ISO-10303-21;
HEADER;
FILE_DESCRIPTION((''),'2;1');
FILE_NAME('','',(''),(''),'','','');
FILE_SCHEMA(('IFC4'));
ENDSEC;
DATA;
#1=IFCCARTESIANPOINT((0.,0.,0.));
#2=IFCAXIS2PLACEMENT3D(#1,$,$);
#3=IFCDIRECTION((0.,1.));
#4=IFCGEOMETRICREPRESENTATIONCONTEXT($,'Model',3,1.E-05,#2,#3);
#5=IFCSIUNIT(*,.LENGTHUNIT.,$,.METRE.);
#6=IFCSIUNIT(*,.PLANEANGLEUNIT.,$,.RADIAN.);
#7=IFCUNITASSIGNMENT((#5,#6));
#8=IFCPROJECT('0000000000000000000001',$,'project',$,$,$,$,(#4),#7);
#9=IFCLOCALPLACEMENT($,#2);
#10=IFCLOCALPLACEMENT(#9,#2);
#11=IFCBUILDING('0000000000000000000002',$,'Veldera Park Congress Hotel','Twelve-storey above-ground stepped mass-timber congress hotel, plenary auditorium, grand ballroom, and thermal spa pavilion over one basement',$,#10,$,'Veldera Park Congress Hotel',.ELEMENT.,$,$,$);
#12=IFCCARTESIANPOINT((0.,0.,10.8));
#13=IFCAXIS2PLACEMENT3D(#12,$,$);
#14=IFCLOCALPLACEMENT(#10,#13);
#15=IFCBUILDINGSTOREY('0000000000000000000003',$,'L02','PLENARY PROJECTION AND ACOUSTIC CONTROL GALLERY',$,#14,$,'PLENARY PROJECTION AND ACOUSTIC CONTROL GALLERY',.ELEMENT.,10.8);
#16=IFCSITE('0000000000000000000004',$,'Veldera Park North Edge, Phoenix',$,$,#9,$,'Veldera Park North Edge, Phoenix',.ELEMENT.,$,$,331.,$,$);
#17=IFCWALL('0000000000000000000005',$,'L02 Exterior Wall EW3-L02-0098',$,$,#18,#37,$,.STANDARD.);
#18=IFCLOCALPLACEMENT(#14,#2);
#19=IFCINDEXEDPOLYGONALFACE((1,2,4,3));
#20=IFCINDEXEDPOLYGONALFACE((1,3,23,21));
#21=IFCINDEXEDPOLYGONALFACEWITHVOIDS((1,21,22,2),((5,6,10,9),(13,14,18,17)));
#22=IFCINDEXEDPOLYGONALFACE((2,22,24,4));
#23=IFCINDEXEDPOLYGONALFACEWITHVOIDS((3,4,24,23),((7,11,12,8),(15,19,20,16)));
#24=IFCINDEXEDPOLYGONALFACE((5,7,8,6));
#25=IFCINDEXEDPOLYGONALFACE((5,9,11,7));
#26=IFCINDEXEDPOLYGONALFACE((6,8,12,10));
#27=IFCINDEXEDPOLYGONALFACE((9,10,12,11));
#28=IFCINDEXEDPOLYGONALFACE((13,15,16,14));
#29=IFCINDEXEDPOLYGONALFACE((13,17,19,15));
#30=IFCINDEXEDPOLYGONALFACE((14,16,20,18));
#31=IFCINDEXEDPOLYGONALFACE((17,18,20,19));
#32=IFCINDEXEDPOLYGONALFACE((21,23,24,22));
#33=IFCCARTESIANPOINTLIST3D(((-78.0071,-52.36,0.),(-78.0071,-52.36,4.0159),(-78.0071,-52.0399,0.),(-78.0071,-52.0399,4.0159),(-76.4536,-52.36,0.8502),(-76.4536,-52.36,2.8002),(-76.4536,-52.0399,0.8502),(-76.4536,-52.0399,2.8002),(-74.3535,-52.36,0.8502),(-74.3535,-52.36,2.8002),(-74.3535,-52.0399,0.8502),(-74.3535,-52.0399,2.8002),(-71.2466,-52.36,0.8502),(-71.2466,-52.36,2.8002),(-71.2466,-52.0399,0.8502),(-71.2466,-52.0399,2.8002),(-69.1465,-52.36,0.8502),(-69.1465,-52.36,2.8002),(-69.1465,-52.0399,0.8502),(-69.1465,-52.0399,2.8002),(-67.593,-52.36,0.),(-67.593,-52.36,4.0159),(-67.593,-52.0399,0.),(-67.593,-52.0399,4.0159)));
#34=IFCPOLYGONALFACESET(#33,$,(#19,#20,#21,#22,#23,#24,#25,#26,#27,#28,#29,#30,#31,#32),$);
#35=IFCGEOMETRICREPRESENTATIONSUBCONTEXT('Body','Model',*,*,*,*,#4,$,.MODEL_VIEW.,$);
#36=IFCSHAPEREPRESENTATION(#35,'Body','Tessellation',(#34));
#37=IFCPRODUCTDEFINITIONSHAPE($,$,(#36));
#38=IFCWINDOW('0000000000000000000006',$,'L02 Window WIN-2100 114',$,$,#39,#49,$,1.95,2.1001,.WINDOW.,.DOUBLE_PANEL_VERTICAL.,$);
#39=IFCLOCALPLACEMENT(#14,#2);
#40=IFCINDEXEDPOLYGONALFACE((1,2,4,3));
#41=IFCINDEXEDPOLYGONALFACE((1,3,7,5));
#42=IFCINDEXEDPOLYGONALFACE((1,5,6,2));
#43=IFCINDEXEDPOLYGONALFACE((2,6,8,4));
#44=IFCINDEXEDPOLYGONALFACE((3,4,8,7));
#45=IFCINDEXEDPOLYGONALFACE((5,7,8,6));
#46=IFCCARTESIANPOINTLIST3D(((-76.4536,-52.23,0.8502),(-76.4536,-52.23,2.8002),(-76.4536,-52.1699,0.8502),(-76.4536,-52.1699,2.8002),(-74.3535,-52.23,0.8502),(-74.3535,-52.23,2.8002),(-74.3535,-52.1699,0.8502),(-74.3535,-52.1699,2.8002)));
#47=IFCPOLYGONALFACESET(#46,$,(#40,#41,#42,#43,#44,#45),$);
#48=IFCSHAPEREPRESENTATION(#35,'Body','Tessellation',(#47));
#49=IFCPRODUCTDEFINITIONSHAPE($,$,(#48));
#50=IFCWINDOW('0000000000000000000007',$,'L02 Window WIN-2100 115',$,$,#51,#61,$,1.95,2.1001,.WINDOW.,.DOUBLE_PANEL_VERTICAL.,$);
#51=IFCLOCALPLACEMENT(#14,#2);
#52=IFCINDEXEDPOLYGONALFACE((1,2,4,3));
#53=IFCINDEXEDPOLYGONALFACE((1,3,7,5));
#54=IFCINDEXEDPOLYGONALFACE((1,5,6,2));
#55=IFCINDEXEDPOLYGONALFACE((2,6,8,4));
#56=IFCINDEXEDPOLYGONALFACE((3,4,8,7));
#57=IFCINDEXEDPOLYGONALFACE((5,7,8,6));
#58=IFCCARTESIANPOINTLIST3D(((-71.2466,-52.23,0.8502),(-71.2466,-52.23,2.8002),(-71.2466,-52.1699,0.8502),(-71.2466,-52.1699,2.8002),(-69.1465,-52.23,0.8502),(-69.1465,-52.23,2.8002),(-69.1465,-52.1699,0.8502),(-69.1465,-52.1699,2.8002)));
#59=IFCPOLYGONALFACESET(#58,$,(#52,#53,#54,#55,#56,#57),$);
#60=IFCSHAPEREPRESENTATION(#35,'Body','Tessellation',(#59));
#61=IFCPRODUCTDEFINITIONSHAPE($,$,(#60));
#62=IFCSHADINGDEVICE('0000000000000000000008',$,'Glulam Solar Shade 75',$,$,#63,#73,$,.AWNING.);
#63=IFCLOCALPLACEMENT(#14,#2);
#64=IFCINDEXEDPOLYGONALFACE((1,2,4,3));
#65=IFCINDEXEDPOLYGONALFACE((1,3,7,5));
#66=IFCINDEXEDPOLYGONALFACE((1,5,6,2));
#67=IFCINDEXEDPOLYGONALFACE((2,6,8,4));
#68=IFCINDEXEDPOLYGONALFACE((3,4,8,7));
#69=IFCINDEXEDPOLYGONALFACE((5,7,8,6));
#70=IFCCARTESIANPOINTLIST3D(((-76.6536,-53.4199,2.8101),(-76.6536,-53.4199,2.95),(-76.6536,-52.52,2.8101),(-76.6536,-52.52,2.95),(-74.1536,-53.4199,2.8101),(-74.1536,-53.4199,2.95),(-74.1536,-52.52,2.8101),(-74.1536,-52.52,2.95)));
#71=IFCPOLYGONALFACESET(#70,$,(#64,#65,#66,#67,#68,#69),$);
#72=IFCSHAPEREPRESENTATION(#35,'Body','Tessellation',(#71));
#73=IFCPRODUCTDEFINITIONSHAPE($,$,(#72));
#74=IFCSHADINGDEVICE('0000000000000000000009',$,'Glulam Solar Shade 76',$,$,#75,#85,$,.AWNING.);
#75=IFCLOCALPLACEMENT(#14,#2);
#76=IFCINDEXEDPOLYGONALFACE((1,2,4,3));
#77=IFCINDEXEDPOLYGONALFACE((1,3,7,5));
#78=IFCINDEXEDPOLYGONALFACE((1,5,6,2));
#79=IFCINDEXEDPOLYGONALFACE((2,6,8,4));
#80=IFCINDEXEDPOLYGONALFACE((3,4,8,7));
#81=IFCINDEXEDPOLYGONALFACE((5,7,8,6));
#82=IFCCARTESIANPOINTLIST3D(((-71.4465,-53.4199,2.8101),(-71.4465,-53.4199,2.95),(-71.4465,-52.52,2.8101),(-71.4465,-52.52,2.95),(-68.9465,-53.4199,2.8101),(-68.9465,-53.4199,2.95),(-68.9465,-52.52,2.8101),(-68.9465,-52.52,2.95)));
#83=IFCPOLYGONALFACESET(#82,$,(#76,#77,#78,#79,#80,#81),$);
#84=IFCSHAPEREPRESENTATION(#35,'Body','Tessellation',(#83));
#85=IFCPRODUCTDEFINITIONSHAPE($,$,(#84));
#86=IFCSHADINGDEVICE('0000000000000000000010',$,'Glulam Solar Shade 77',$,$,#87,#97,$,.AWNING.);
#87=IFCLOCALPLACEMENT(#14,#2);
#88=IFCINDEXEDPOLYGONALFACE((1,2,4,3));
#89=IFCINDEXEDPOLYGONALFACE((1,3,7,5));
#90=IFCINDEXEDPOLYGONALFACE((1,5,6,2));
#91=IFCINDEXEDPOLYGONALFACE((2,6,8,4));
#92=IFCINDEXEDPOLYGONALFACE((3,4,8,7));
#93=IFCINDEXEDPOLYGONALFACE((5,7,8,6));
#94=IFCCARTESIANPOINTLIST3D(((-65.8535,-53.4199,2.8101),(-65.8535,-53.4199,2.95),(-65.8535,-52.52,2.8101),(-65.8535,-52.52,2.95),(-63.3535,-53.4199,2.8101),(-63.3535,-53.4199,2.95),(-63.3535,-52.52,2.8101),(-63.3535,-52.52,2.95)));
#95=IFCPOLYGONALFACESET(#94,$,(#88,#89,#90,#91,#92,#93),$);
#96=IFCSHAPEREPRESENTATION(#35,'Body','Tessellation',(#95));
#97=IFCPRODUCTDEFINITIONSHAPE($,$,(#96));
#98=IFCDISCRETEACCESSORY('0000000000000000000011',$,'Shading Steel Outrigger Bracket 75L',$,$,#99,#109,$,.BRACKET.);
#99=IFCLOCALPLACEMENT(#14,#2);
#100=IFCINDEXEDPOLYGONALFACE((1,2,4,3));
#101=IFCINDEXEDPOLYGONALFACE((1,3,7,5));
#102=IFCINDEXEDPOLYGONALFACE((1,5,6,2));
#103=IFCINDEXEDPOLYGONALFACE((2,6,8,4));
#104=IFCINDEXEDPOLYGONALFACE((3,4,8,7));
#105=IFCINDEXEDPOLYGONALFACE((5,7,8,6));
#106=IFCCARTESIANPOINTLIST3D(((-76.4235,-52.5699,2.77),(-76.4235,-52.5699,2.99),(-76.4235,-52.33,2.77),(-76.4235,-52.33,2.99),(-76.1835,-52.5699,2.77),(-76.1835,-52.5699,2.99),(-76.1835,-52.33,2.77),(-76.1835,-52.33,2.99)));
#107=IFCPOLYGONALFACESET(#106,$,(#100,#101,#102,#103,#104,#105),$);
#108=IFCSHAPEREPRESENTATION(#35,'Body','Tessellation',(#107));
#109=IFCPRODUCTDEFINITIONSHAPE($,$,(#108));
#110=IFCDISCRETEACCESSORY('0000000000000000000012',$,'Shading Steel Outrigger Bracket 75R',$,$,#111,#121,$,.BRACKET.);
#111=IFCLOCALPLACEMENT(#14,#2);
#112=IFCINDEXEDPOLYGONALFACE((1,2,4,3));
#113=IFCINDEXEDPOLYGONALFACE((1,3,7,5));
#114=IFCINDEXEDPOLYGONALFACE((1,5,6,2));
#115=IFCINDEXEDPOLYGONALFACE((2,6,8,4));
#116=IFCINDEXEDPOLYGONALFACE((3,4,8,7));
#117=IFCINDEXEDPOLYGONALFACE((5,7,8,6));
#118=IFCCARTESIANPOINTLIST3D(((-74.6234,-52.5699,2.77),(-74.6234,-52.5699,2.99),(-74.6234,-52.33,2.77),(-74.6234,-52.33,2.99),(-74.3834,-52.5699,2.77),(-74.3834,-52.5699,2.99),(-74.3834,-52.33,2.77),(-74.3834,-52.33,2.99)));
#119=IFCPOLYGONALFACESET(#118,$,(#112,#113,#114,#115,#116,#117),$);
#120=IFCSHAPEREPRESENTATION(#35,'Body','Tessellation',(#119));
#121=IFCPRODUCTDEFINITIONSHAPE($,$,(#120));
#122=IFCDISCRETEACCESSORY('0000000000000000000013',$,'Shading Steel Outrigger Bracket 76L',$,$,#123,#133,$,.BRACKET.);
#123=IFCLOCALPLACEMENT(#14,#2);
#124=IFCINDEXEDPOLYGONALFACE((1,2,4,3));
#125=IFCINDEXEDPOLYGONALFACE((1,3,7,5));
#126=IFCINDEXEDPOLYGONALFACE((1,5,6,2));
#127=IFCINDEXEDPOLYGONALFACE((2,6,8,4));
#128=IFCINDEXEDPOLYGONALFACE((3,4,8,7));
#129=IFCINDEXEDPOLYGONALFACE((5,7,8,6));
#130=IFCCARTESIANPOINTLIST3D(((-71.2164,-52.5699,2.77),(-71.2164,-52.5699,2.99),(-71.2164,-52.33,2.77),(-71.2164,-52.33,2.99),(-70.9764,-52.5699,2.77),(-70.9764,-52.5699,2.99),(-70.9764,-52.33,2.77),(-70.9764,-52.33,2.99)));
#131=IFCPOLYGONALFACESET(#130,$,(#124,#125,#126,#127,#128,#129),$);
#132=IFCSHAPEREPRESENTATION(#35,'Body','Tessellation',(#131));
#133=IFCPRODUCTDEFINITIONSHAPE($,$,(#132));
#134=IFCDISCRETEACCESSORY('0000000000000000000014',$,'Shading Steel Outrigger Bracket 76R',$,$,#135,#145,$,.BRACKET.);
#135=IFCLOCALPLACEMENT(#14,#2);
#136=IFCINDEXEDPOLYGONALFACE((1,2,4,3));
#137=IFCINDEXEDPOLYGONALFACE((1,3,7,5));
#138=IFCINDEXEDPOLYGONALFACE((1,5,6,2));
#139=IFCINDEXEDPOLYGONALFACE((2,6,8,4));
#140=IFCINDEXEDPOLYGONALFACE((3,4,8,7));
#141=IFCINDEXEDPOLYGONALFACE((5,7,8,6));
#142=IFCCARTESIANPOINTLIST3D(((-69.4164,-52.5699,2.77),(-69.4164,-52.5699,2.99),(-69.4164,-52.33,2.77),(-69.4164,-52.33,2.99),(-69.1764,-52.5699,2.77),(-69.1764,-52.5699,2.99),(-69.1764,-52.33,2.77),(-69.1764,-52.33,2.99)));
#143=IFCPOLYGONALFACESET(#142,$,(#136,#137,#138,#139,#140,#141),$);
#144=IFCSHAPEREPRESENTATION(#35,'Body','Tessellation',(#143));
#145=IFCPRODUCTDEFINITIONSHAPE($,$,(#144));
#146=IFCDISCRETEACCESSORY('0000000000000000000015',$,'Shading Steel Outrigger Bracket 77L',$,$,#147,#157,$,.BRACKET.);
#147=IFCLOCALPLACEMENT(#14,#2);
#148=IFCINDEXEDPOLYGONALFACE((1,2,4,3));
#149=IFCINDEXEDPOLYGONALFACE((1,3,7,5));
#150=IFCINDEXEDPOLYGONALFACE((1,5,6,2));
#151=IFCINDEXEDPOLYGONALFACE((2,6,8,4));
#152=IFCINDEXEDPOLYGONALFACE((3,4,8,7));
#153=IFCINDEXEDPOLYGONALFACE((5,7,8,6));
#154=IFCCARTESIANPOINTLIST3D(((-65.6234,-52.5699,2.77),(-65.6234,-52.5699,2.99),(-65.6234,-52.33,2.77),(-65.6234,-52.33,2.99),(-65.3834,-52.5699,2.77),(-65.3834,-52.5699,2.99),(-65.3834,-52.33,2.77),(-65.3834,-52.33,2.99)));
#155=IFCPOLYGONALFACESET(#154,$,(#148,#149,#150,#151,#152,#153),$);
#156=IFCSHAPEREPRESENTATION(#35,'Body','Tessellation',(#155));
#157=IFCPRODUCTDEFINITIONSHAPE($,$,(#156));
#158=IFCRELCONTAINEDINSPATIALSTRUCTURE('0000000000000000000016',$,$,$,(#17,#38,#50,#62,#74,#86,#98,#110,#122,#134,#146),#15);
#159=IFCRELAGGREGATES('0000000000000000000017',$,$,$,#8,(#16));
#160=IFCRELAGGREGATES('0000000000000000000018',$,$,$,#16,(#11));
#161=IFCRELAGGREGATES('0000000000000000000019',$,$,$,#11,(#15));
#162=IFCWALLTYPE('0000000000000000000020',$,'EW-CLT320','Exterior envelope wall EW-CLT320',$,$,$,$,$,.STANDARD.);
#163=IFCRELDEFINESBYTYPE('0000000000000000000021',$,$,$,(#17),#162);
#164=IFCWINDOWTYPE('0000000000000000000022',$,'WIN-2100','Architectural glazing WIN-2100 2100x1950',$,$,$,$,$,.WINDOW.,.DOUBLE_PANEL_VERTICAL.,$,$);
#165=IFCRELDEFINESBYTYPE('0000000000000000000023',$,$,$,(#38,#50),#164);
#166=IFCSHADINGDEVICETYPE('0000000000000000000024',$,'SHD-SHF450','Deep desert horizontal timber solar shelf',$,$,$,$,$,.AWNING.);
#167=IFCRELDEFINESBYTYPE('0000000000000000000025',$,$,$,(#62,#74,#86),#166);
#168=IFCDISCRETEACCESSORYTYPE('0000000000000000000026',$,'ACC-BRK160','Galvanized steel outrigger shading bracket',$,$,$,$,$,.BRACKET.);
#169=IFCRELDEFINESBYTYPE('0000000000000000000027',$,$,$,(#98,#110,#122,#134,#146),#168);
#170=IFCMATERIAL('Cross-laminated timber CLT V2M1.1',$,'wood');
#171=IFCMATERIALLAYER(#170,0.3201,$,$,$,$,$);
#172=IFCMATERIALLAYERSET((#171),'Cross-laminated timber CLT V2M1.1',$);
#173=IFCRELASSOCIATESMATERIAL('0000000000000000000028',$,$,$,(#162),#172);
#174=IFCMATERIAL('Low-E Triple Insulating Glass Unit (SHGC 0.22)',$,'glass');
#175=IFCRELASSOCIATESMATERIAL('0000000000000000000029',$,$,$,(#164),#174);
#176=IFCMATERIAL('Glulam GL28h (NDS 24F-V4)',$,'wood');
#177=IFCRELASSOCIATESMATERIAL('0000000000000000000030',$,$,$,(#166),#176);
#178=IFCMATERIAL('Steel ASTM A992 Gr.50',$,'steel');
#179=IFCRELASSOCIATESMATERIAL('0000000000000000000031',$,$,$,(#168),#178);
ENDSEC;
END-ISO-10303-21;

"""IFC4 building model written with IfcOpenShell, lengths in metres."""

from ifc_helpers import new_model, si_unit, direction, frame, frame_2d, origin, origin_2d, place, context, subcontext, project, spatial, rectangle, extrude, material, layer, layer_set, type_object, element, fill, save


model = new_model("IFC4")

# Units and contexts
model_context = context("Model", 3, precision=1e-05, world=origin(), true_north=direction((0.0, 1.0)))
body_context = subcontext(model_context, "Body", "Model", "MODEL_VIEW")
ifc_project = project(units=[si_unit("LENGTHUNIT", "METRE"), si_unit("PLANEANGLEUNIT", "RADIAN")], contexts=[model_context])

# Site, building, storey
site_placement = place(None, origin())
site = spatial("IfcSite", under=ifc_project, at=site_placement, Name="Veldera Park North Edge, Phoenix", LongName="Veldera Park North Edge, Phoenix", CompositionType="ELEMENT", RefElevation=331.0)
building_placement = place(site_placement, origin())
building = spatial("IfcBuilding", under=site, at=building_placement, Name="Veldera Park Congress Hotel", Description="Twelve-storey above-ground stepped mass-timber congress hotel, plenary auditorium, grand ballroom, and thermal spa pavilion over one basement", LongName="Veldera Park Congress Hotel", CompositionType="ELEMENT")
storey_placement = place(building_placement, frame((0.0, 0.0, 10.8)))
storey = spatial("IfcBuildingStorey", under=building, at=storey_placement, Name="L02", Description="PLENARY PROJECTION AND ACOUSTIC CONTROL GALLERY", LongName="PLENARY PROJECTION AND ACOUSTIC CONTROL GALLERY", CompositionType="ELEMENT", Elevation=10.8)

# Shared definitions
ifc_material_1 = material(Name="Glulam GL28h (NDS 24F-V4)", Category="wood")

# Shared definitions
ifc_material_2 = material(Name="Steel ASTM A992 Gr.50", Category="steel")

# Wall, openings, windows
ifc_material_3 = material(Name="Cross-laminated timber CLT V2M1.1", Category="wood")
ifc_layer = layer(ifc_material_3, 0.3201)
ifc_layer_set = layer_set([ifc_layer], Name="Cross-laminated timber CLT V2M1.1")
wall_type = type_object("IfcWallType", Name="EW-CLT320", Description="Exterior envelope wall EW-CLT320", PredefinedType="STANDARD", material=ifc_layer_set)
wall_placement = place(storey_placement, frame((-78.0071, -52.2, 0.0), z_axis=(0.0, 0.0, 1.0), x_axis=(1.0, 0.0, 0.0)))
wall = element("IfcWall", 1, at=wall_placement, inside=storey, type_object=wall_type, Name="L02 Exterior Wall EW3-L02-0098", PredefinedType="STANDARD", context=body_context, shape_type="SweptSolid", body=[
    extrude(rectangle(XDim=10.4141, YDim=0.3201, at=frame_2d((5.207, 0.0))), origin(), (0.0, 0.0, 1.0), 4.0159),
])
opening_1_placement = place(wall_placement, frame((1.5535, 0.0, 0.8501)))
opening_1 = element("IfcOpeningElement", 2, at=opening_1_placement, cuts=wall, PredefinedType="OPENING", context=body_context, shape_type="SweptSolid", body=[
    extrude(rectangle(XDim=2.1001, YDim=1.95, at=frame_2d((1.05, 0.9751))), frame((0.0, 0.1721, 0.0), z_axis=(0.0, -1.0, 0.0), x_axis=(1.0, 0.0, 0.0)), (0.0, 0.0, 1.0), 0.344),
])
opening_2_placement = place(wall_placement, frame((6.7605, 0.0, 0.8501)))
opening_2 = element("IfcOpeningElement", 3, at=opening_2_placement, cuts=wall, PredefinedType="OPENING", context=body_context, shape_type="SweptSolid", body=[
    extrude(rectangle(XDim=2.1001, YDim=1.95, at=frame_2d((1.05, 0.9751))), frame((0.0, 0.1721, 0.0), z_axis=(0.0, -1.0, 0.0), x_axis=(1.0, 0.0, 0.0)), (0.0, 0.0, 1.0), 0.344),
])
ifc_material_4 = material(Name="Low-E Triple Insulating Glass Unit (SHGC 0.22)", Category="glass")
window_type = type_object("IfcWindowType", Name="WIN-2100", Description="Architectural glazing WIN-2100 2100x1950", PartitioningType="DOUBLE_PANEL_VERTICAL", PredefinedType="WINDOW", material=ifc_material_4)
window_1_placement = place(opening_1_placement, origin())
window_1 = element("IfcWindow", 4, at=window_1_placement, inside=storey, type_object=window_type, Name="L02 Window WIN-2100 114", OverallHeight=1.95, OverallWidth=2.1001, PartitioningType="DOUBLE_PANEL_VERTICAL", PredefinedType="WINDOW", context=body_context, shape_type="SweptSolid", body=[
    extrude(rectangle(XDim=2.1001, YDim=1.95, at=frame_2d((1.05, 0.9751))), frame((0.0, 0.03, 0.0), z_axis=(0.0, -1.0, 0.0), x_axis=(1.0, 0.0, 0.0)), (0.0, 0.0, 1.0), 0.0601),
])
fill(opening_1, window_1)
window_2_placement = place(opening_2_placement, origin())
window_2 = element("IfcWindow", 5, at=window_2_placement, inside=storey, type_object=window_type, Name="L02 Window WIN-2100 115", OverallHeight=1.95, OverallWidth=2.1001, PartitioningType="DOUBLE_PANEL_VERTICAL", PredefinedType="WINDOW", context=body_context, shape_type="SweptSolid", body=[
    extrude(rectangle(XDim=2.1001, YDim=1.95, at=frame_2d((1.05, 0.9751))), frame((0.0, 0.03, 0.0), z_axis=(0.0, -1.0, 0.0), x_axis=(1.0, 0.0, 0.0)), (0.0, 0.0, 1.0), 0.0601),
])
fill(opening_2, window_2)

# Shading devices
shading_device_type = type_object("IfcShadingDeviceType", Name="SHD-SHF450", Description="Deep desert horizontal timber solar shelf", PredefinedType="AWNING", material=ifc_material_1)
for number, where, z_axis, x_axis, name in (
    (6, (-75.4036, -52.97, 2.8101), (0.0, 0.0, 1.0), (1.0, 0.0, 0.0), "Glulam Solar Shade 75"),
    (7, (-70.1965, -52.97, 2.8101), (0.0, 0.0, 1.0), (1.0, 0.0, 0.0), "Glulam Solar Shade 76"),
    (8, (-64.6035, -52.97, 2.8101), (0.0, 0.0, 1.0), (1.0, 0.0, 0.0), "Glulam Solar Shade 77"),
):
    element("IfcShadingDevice", number, at=place(storey_placement, frame(where, z_axis=z_axis, x_axis=x_axis)), inside=storey, type_object=shading_device_type, Name=name, PredefinedType="AWNING", context=body_context, shape_type="SweptSolid", body=[
        extrude(rectangle(XDim=2.5, YDim=0.8999, at=origin_2d()), origin(), (0.0, 0.0, 1.0), 0.1399),
    ])

# Discrete accessories
discrete_accessory_type = type_object("IfcDiscreteAccessoryType", Name="ACC-BRK160", Description="Galvanized steel outrigger shading bracket", PredefinedType="BRACKET", material=ifc_material_2)
for number, where, z_axis, x_axis, name in (
    (9, (-76.3035, -52.45, 2.77), (0.0, 0.0, 1.0), (1.0, 0.0, 0.0), "Shading Steel Outrigger Bracket 75L"),
    (10, (-74.5034, -52.45, 2.77), (0.0, 0.0, 1.0), (1.0, 0.0, 0.0), "Shading Steel Outrigger Bracket 75R"),
    (11, (-71.0964, -52.45, 2.77), (0.0, 0.0, 1.0), (1.0, 0.0, 0.0), "Shading Steel Outrigger Bracket 76L"),
    (12, (-69.2964, -52.45, 2.77), (0.0, 0.0, 1.0), (1.0, 0.0, 0.0), "Shading Steel Outrigger Bracket 76R"),
    (13, (-65.5034, -52.45, 2.77), (0.0, 0.0, 1.0), (1.0, 0.0, 0.0), "Shading Steel Outrigger Bracket 77L"),
):
    element("IfcDiscreteAccessory", number, at=place(storey_placement, frame(where, z_axis=z_axis, x_axis=x_axis)), inside=storey, type_object=discrete_accessory_type, Name=name, PredefinedType="BRACKET", context=body_context, shape_type="SweptSolid", body=[
        extrude(rectangle(XDim=0.24, YDim=0.24, at=origin_2d()), origin(), (0.0, 0.0, 1.0), 0.22),
    ])

save(model, "model.ifc")
